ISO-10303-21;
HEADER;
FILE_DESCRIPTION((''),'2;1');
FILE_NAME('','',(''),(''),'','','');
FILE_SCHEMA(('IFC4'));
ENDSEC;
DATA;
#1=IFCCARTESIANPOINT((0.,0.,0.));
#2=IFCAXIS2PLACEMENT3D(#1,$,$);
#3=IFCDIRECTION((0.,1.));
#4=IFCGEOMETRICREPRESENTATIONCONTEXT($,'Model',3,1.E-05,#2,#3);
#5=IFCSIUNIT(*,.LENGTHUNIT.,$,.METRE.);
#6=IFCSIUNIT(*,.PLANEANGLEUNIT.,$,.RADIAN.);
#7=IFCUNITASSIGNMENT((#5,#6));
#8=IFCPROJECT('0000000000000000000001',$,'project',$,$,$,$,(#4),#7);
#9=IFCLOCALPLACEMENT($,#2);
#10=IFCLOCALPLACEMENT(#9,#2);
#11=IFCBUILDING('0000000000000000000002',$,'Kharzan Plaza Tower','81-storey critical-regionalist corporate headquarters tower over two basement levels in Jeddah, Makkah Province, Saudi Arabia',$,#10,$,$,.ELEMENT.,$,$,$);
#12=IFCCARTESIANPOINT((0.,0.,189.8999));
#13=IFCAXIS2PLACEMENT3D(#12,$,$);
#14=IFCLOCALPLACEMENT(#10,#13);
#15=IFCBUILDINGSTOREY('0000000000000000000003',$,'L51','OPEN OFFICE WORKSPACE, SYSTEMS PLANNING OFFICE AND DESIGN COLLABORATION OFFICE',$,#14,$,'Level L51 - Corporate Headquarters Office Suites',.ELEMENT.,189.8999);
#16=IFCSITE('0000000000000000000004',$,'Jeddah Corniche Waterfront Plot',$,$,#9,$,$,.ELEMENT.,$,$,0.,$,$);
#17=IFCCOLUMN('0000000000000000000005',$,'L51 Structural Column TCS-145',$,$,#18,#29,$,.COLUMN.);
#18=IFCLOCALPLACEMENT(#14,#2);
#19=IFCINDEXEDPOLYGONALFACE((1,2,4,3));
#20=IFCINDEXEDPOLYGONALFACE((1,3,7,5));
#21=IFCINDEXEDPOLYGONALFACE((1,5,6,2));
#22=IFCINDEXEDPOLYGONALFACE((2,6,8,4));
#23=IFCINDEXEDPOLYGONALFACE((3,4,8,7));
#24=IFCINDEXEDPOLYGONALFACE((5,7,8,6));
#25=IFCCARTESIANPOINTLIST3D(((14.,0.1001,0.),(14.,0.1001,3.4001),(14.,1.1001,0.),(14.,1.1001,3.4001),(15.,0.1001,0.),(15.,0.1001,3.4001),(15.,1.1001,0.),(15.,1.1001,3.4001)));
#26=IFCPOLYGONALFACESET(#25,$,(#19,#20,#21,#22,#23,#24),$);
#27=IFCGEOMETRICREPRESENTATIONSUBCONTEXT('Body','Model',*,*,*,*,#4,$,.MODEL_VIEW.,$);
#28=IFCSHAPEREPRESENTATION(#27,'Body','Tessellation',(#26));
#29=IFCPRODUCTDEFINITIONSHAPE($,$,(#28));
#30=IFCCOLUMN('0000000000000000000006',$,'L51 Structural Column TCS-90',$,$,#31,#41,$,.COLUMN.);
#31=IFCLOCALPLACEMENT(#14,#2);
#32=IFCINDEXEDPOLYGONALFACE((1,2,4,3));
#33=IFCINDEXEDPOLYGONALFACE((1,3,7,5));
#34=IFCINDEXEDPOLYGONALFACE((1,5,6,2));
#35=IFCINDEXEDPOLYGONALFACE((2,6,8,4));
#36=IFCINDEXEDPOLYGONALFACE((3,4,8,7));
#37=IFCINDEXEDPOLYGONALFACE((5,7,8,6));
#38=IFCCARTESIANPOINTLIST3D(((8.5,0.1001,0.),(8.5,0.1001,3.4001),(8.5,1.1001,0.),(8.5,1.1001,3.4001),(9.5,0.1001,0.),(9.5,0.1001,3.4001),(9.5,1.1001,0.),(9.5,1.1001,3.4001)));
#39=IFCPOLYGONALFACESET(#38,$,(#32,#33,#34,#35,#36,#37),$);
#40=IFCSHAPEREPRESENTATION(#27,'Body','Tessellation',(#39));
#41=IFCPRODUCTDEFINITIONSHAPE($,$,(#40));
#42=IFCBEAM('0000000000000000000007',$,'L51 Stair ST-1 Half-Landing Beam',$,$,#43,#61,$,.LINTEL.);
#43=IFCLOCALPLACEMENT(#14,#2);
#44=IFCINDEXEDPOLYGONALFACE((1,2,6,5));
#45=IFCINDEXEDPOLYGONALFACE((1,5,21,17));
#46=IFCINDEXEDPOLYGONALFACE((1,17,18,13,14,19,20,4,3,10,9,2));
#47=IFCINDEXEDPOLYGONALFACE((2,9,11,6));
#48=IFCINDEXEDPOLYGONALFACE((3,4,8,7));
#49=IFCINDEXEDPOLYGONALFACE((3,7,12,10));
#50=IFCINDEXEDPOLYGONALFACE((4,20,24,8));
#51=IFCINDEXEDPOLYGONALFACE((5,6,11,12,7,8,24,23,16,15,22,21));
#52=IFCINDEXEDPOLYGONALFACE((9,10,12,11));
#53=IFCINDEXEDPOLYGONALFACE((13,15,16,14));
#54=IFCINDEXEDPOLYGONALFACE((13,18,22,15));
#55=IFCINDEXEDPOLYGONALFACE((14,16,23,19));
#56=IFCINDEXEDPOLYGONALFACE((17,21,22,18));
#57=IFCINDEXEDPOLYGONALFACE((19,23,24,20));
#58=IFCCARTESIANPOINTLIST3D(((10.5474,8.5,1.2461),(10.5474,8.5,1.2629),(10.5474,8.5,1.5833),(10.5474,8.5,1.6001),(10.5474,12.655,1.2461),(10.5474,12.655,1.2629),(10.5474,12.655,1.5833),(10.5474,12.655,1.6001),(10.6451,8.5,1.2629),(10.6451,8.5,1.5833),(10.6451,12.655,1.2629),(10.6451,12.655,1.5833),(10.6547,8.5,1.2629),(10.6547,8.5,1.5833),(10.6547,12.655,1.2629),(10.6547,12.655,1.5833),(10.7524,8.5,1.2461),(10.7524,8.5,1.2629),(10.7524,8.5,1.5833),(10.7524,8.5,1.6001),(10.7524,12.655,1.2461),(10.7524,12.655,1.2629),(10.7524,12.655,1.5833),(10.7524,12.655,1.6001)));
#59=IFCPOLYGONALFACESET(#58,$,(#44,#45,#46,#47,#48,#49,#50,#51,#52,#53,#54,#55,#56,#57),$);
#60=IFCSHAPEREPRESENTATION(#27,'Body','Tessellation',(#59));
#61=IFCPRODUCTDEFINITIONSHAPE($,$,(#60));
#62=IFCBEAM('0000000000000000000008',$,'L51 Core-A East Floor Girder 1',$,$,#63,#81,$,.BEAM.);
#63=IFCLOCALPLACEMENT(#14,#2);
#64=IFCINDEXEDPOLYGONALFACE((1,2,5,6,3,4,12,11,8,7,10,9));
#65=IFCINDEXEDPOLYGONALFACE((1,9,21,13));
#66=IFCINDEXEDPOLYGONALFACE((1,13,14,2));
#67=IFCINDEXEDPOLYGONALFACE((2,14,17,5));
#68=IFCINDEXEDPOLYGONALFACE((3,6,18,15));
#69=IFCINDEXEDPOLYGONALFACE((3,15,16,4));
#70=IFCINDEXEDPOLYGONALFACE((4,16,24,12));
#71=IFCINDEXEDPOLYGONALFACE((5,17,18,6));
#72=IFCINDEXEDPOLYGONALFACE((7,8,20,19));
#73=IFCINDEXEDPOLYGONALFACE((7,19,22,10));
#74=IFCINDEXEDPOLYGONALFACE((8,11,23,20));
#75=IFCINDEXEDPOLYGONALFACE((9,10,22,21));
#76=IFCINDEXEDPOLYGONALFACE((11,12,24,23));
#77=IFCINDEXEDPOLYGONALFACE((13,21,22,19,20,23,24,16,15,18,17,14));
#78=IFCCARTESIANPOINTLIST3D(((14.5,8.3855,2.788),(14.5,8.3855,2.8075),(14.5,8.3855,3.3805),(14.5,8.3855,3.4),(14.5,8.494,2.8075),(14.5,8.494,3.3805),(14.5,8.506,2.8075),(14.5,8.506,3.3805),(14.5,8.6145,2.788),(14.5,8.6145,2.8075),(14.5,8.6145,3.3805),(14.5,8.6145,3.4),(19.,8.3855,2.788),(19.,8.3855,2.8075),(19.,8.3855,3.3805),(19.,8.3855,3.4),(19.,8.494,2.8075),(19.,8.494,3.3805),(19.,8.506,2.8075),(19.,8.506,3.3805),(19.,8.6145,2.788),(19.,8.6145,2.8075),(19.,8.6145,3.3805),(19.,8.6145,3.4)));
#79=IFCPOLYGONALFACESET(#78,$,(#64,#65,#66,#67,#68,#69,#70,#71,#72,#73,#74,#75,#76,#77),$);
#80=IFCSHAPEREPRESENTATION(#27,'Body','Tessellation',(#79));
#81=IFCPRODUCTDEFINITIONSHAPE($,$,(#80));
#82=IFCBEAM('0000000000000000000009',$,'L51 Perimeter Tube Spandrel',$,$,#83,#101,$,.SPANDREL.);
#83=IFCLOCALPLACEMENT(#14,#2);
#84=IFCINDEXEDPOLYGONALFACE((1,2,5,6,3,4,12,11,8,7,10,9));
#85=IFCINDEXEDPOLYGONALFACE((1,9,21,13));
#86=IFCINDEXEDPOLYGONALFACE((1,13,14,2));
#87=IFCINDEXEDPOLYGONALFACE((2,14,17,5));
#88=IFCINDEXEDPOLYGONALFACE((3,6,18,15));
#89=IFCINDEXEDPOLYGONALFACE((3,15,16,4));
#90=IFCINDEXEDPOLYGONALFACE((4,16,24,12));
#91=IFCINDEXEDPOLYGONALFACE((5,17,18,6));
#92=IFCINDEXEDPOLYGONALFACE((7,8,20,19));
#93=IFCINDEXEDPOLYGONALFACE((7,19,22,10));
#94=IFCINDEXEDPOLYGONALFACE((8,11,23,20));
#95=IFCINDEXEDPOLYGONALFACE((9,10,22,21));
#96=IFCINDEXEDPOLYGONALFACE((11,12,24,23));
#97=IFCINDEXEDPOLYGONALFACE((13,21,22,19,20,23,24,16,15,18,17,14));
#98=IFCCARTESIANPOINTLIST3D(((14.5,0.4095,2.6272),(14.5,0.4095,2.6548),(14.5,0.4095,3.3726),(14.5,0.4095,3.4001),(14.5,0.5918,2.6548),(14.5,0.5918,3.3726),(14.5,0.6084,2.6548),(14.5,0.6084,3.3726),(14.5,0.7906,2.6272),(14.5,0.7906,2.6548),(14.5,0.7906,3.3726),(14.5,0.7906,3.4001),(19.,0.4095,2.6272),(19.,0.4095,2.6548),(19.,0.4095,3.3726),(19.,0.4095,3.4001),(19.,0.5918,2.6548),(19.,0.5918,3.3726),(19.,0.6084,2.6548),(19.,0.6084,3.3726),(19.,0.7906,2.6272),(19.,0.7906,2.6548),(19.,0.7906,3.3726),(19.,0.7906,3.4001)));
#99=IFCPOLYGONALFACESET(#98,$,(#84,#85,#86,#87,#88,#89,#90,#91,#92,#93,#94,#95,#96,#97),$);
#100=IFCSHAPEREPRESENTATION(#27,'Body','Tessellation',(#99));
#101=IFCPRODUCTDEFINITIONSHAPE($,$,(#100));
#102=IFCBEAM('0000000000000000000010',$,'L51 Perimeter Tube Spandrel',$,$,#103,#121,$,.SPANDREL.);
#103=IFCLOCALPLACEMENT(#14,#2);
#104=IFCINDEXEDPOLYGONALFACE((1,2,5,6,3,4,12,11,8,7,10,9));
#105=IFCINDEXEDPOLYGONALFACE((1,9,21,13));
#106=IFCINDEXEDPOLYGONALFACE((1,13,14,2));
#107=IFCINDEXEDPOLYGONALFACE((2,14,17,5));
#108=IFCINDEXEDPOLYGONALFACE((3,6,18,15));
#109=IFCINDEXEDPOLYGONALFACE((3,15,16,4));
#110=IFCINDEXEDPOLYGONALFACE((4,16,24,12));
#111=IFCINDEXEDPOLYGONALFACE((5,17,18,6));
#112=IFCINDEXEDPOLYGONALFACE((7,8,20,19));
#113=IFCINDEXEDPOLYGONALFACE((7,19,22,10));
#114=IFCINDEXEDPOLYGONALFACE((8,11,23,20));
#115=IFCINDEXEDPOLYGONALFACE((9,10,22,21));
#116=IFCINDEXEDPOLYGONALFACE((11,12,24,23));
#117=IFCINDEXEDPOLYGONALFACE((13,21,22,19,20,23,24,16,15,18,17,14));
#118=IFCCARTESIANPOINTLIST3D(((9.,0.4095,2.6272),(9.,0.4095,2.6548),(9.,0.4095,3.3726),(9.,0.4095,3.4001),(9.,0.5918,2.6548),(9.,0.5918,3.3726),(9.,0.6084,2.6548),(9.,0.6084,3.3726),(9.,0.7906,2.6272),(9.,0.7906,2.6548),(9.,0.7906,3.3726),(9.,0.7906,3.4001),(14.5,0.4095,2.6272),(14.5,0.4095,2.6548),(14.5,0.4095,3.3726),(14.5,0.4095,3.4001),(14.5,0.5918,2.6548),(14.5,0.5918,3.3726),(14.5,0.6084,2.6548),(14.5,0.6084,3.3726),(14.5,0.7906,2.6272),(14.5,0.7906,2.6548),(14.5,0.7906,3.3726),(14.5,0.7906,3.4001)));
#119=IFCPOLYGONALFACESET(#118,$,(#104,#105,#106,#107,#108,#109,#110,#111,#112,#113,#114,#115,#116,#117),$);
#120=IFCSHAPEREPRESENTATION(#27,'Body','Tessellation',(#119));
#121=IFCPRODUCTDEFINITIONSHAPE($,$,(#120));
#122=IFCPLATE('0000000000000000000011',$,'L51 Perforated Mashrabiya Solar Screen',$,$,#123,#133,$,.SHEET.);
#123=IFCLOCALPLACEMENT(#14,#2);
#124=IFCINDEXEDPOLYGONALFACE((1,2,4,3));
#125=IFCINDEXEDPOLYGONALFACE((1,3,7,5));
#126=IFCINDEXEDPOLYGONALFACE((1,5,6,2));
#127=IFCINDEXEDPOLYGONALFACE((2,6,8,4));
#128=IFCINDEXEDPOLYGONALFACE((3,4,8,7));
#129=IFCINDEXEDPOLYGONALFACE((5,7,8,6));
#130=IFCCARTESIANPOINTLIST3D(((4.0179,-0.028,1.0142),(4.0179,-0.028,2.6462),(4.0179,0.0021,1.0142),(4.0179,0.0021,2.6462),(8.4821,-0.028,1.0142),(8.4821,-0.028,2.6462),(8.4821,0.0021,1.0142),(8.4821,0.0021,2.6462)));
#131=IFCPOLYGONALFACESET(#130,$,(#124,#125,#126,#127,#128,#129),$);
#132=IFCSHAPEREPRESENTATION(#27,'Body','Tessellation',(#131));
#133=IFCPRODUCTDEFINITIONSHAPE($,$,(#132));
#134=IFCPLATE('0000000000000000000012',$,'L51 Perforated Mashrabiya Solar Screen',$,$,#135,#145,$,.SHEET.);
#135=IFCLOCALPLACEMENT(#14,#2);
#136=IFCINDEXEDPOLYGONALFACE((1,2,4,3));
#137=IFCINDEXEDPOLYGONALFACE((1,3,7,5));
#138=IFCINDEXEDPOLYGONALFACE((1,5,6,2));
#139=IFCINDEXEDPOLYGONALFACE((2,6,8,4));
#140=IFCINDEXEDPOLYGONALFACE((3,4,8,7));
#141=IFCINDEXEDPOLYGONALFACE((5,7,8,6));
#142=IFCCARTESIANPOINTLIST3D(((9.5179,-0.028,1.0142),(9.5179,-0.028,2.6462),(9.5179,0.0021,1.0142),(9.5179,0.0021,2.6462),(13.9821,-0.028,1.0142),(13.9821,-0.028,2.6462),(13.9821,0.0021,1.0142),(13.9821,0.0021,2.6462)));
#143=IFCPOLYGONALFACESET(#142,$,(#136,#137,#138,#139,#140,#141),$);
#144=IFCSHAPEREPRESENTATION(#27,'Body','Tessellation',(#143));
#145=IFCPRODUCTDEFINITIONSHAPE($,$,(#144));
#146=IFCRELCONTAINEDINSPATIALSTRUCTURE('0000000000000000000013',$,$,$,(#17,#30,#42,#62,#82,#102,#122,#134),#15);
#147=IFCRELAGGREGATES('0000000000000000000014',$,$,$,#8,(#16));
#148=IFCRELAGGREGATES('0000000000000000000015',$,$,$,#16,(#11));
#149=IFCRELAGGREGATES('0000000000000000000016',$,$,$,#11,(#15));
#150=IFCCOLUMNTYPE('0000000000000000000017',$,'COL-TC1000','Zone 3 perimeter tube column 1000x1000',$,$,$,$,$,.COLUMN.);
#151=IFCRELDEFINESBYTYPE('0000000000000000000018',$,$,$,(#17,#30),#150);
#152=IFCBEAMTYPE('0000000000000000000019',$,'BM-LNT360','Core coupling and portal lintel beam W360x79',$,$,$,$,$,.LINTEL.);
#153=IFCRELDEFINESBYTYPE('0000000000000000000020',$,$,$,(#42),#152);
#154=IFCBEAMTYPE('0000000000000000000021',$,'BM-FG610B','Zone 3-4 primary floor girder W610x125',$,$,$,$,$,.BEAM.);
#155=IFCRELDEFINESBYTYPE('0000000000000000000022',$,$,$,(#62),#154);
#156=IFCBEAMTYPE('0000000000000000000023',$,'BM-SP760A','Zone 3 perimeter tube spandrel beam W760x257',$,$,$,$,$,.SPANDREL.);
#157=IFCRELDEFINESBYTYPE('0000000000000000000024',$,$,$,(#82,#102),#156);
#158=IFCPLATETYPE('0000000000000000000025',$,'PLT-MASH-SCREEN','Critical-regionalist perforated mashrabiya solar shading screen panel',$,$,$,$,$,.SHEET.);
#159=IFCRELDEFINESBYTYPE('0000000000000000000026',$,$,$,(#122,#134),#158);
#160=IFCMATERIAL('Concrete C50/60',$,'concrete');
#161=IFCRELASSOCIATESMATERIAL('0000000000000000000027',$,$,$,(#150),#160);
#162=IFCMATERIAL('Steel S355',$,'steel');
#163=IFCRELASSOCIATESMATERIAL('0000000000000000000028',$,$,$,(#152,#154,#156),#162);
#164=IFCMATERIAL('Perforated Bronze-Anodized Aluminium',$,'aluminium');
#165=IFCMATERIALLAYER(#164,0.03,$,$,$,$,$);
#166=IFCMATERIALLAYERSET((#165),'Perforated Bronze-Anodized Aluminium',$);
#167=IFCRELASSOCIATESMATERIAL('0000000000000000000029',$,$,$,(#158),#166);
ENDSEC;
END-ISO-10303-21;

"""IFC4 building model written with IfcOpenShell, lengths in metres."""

from ifc_helpers import new_model, si_unit, direction, frame, origin, origin_2d, place, context, subcontext, project, spatial, rectangle, i_section, extrude, source, transform, mapped, material, layer, layer_set, material_profile, profile_set, type_object, element, save


model = new_model("IFC4")

# Units and contexts
model_context = context("Model", 3, precision=1e-05, world=origin(), true_north=direction((0.0, 1.0)))
body_context = subcontext(model_context, "Body", "Model", "MODEL_VIEW")
ifc_project = project(units=[si_unit("LENGTHUNIT", "METRE"), si_unit("PLANEANGLEUNIT", "RADIAN")], contexts=[model_context])

# Site, building, storey
site_placement = place(None, origin())
site = spatial("IfcSite", under=ifc_project, at=site_placement, Name="Jeddah Corniche Waterfront Plot", CompositionType="ELEMENT", RefElevation=0.0)
building_placement = place(site_placement, origin())
building = spatial("IfcBuilding", under=site, at=building_placement, Name="Kharzan Plaza Tower", Description="81-storey critical-regionalist corporate headquarters tower over two basement levels in Jeddah, Makkah Province, Saudi Arabia", CompositionType="ELEMENT")
storey_placement = place(building_placement, frame((0.0, 0.0, 189.8999)))
storey = spatial("IfcBuildingStorey", under=building, at=storey_placement, Name="L51", Description="OPEN OFFICE WORKSPACE, SYSTEMS PLANNING OFFICE AND DESIGN COLLABORATION OFFICE", LongName="Level L51 - Corporate Headquarters Office Suites", CompositionType="ELEMENT", Elevation=189.8999)

# Columns
ifc_material_1 = material(Name="Concrete C50/60", Category="concrete")
ifc_material_profile_1 = material_profile(ifc_material_1, rectangle(XDim=1.0, YDim=1.0, at=origin_2d()), Name="RC-TC1000x1000")
ifc_profile_set_1 = profile_set([ifc_material_profile_1], Name="Concrete C50/60")
column_type = type_object("IfcColumnType", Name="COL-TC1000", Description="Zone 3 perimeter tube column 1000x1000", PredefinedType="COLUMN", material=ifc_profile_set_1)
shared_shape_1 = source(origin(), body_context, "Body", "SweptSolid", [
    extrude(rectangle(XDim=1.0, YDim=1.0, at=origin_2d()), origin(), (0.0, 0.0, 1.0), 3.4001),
])
for number, where, z_axis, x_axis, name in (
    (1, (14.5, 0.6001, 0.0), (0.0, 0.0, 1.0), (1.0, 0.0, 0.0), "L51 Structural Column TCS-145"),
    (2, (9.0, 0.6001, 0.0), (0.0, 0.0, 1.0), (1.0, 0.0, 0.0), "L51 Structural Column TCS-90"),
):
    element("IfcColumn", number, at=place(storey_placement, frame(where, z_axis=z_axis, x_axis=x_axis)), inside=storey, type_object=column_type, Name=name, PredefinedType="COLUMN", context=body_context, shape_type="MappedRepresentation", body=[
        mapped(shared_shape_1, transform((0.0, 0.0, 0.0), x_axis=(1.0, 0.0, 0.0), y_axis=(0.0, 1.0, 0.0), z_axis=(0.0, 0.0, 1.0))),
    ])

# Beams
ifc_material_2 = material(Name="Steel S355", Category="steel")
ifc_material_profile_2 = material_profile(ifc_material_2, i_section(OverallWidth=0.2051, OverallDepth=0.354, WebThickness=0.0095, FlangeThickness=0.0168, at=origin_2d()), Name="W360x79")
ifc_profile_set_2 = profile_set([ifc_material_profile_2], Name="Steel S355")
beam_type_1 = type_object("IfcBeamType", Name="BM-LNT360", Description="Core coupling and portal lintel beam W360x79", PredefinedType="LINTEL", material=ifc_profile_set_2)
shared_shape_2 = source(origin(), body_context, "Body", "SweptSolid", [
    extrude(i_section(OverallWidth=0.2051, OverallDepth=0.354, WebThickness=0.0095, FlangeThickness=0.0168, at=origin_2d()), origin(), (0.0, 0.0, 1.0), 4.155),
])
beam_1_placement = place(storey_placement, frame((10.6499, 8.5, 1.4231), z_axis=(0.0, 1.0, 0.0), x_axis=(-1.0, 0.0, 0.0)))
element("IfcBeam", 3, at=beam_1_placement, inside=storey, type_object=beam_type_1, Name="L51 Stair ST-1 Half-Landing Beam", PredefinedType="LINTEL", context=body_context, shape_type="MappedRepresentation", body=[
    mapped(shared_shape_2, transform((0.0, 0.0, 0.0), x_axis=(1.0, 0.0, 0.0), y_axis=(0.0, 1.0, 0.0), z_axis=(0.0, 0.0, 1.0))),
])
ifc_material_profile_3 = material_profile(ifc_material_2, i_section(OverallWidth=0.229, OverallDepth=0.6121, WebThickness=0.012, FlangeThickness=0.0195, at=origin_2d()), Name="W610x125")
ifc_profile_set_3 = profile_set([ifc_material_profile_3], Name="Steel S355")
beam_type_2 = type_object("IfcBeamType", Name="BM-FG610B", Description="Zone 3-4 primary floor girder W610x125", PredefinedType="BEAM", material=ifc_profile_set_3)
shared_shape_3 = source(origin(), body_context, "Body", "SweptSolid", [
    extrude(i_section(OverallWidth=0.229, OverallDepth=0.6121, WebThickness=0.012, FlangeThickness=0.0195, at=origin_2d()), origin(), (0.0, 0.0, 1.0), 4.5),
])
beam_2_placement = place(storey_placement, frame((14.5, 8.5, 3.094), z_axis=(1.0, 0.0, 0.0), x_axis=(0.0, 1.0, 0.0)))
element("IfcBeam", 4, at=beam_2_placement, inside=storey, type_object=beam_type_2, Name="L51 Core-A East Floor Girder 1", PredefinedType="BEAM", context=body_context, shape_type="MappedRepresentation", body=[
    mapped(shared_shape_3, transform((0.0, 0.0, 0.0), x_axis=(1.0, 0.0, 0.0), y_axis=(0.0, 1.0, 0.0), z_axis=(0.0, 0.0, 1.0))),
])
ifc_material_profile_4 = material_profile(ifc_material_2, i_section(OverallWidth=0.3811, OverallDepth=0.7729, WebThickness=0.0166, FlangeThickness=0.0276, at=origin_2d()), Name="W760x257")
ifc_profile_set_4 = profile_set([ifc_material_profile_4], Name="Steel S355")
beam_type_3 = type_object("IfcBeamType", Name="BM-SP760A", Description="Zone 3 perimeter tube spandrel beam W760x257", PredefinedType="SPANDREL", material=ifc_profile_set_4)
shared_shape_4 = source(origin(), body_context, "Body", "SweptSolid", [
    extrude(i_section(OverallWidth=0.3811, OverallDepth=0.7729, WebThickness=0.0166, FlangeThickness=0.0276, at=origin_2d()), origin(), (0.0, 0.0, 1.0), 4.5),
])
beam_3_placement = place(storey_placement, frame((14.5, 0.6001, 3.0137), z_axis=(1.0, 0.0, 0.0), x_axis=(0.0, 1.0, 0.0)))
element("IfcBeam", 5, at=beam_3_placement, inside=storey, type_object=beam_type_3, Name="L51 Perimeter Tube Spandrel", PredefinedType="SPANDREL", context=body_context, shape_type="MappedRepresentation", body=[
    mapped(shared_shape_4, transform((0.0, 0.0, 0.0), x_axis=(1.0, 0.0, 0.0), y_axis=(0.0, 1.0, 0.0), z_axis=(0.0, 0.0, 1.0))),
])
shared_shape_5 = source(origin(), body_context, "Body", "SweptSolid", [
    extrude(i_section(OverallWidth=0.3811, OverallDepth=0.7729, WebThickness=0.0166, FlangeThickness=0.0276, at=origin_2d()), origin(), (0.0, 0.0, 1.0), 5.5),
])
beam_4_placement = place(storey_placement, frame((9.0, 0.6001, 3.0137), z_axis=(1.0, 0.0, 0.0), x_axis=(0.0, 1.0, 0.0)))
element("IfcBeam", 6, at=beam_4_placement, inside=storey, type_object=beam_type_3, Name="L51 Perimeter Tube Spandrel", PredefinedType="SPANDREL", context=body_context, shape_type="MappedRepresentation", body=[
    mapped(shared_shape_5, transform((0.0, 0.0, 0.0), x_axis=(1.0, 0.0, 0.0), y_axis=(0.0, 1.0, 0.0), z_axis=(0.0, 0.0, 1.0))),
])

# Plates
ifc_material_3 = material(Name="Perforated Bronze-Anodized Aluminium", Category="aluminium")
ifc_layer_1 = layer(ifc_material_3, 0.03)
ifc_layer_set_1 = layer_set([ifc_layer_1], Name="Perforated Bronze-Anodized Aluminium")
plate_type = type_object("IfcPlateType", Name="PLT-MASH-SCREEN", Description="Critical-regionalist perforated mashrabiya solar shading screen panel", PredefinedType="SHEET", material=ifc_layer_set_1)
shared_shape_6 = source(origin(), body_context, "Body", "SweptSolid", [
    extrude(rectangle(XDim=4.4641, YDim=0.03, at=origin_2d()), origin(), (0.0, 0.0, 1.0), 1.6321),
])
for number, where, z_axis, x_axis, name in (
    (7, (6.25, -0.0129, 1.0142), (0.0, 0.0, 1.0), (1.0, 0.0, 0.0), "L51 Perforated Mashrabiya Solar Screen"),
    (8, (11.75, -0.0129, 1.0142), (0.0, 0.0, 1.0), (1.0, 0.0, 0.0), "L51 Perforated Mashrabiya Solar Screen"),
):
    element("IfcPlate", number, at=place(storey_placement, frame(where, z_axis=z_axis, x_axis=x_axis)), inside=storey, type_object=plate_type, Name=name, PredefinedType="SHEET", context=body_context, shape_type="MappedRepresentation", body=[
        mapped(shared_shape_6, transform((0.0, 0.0, 0.0), x_axis=(1.0, 0.0, 0.0), y_axis=(0.0, 1.0, 0.0), z_axis=(0.0, 0.0, 1.0))),
    ])

save(model, "model.ifc")
